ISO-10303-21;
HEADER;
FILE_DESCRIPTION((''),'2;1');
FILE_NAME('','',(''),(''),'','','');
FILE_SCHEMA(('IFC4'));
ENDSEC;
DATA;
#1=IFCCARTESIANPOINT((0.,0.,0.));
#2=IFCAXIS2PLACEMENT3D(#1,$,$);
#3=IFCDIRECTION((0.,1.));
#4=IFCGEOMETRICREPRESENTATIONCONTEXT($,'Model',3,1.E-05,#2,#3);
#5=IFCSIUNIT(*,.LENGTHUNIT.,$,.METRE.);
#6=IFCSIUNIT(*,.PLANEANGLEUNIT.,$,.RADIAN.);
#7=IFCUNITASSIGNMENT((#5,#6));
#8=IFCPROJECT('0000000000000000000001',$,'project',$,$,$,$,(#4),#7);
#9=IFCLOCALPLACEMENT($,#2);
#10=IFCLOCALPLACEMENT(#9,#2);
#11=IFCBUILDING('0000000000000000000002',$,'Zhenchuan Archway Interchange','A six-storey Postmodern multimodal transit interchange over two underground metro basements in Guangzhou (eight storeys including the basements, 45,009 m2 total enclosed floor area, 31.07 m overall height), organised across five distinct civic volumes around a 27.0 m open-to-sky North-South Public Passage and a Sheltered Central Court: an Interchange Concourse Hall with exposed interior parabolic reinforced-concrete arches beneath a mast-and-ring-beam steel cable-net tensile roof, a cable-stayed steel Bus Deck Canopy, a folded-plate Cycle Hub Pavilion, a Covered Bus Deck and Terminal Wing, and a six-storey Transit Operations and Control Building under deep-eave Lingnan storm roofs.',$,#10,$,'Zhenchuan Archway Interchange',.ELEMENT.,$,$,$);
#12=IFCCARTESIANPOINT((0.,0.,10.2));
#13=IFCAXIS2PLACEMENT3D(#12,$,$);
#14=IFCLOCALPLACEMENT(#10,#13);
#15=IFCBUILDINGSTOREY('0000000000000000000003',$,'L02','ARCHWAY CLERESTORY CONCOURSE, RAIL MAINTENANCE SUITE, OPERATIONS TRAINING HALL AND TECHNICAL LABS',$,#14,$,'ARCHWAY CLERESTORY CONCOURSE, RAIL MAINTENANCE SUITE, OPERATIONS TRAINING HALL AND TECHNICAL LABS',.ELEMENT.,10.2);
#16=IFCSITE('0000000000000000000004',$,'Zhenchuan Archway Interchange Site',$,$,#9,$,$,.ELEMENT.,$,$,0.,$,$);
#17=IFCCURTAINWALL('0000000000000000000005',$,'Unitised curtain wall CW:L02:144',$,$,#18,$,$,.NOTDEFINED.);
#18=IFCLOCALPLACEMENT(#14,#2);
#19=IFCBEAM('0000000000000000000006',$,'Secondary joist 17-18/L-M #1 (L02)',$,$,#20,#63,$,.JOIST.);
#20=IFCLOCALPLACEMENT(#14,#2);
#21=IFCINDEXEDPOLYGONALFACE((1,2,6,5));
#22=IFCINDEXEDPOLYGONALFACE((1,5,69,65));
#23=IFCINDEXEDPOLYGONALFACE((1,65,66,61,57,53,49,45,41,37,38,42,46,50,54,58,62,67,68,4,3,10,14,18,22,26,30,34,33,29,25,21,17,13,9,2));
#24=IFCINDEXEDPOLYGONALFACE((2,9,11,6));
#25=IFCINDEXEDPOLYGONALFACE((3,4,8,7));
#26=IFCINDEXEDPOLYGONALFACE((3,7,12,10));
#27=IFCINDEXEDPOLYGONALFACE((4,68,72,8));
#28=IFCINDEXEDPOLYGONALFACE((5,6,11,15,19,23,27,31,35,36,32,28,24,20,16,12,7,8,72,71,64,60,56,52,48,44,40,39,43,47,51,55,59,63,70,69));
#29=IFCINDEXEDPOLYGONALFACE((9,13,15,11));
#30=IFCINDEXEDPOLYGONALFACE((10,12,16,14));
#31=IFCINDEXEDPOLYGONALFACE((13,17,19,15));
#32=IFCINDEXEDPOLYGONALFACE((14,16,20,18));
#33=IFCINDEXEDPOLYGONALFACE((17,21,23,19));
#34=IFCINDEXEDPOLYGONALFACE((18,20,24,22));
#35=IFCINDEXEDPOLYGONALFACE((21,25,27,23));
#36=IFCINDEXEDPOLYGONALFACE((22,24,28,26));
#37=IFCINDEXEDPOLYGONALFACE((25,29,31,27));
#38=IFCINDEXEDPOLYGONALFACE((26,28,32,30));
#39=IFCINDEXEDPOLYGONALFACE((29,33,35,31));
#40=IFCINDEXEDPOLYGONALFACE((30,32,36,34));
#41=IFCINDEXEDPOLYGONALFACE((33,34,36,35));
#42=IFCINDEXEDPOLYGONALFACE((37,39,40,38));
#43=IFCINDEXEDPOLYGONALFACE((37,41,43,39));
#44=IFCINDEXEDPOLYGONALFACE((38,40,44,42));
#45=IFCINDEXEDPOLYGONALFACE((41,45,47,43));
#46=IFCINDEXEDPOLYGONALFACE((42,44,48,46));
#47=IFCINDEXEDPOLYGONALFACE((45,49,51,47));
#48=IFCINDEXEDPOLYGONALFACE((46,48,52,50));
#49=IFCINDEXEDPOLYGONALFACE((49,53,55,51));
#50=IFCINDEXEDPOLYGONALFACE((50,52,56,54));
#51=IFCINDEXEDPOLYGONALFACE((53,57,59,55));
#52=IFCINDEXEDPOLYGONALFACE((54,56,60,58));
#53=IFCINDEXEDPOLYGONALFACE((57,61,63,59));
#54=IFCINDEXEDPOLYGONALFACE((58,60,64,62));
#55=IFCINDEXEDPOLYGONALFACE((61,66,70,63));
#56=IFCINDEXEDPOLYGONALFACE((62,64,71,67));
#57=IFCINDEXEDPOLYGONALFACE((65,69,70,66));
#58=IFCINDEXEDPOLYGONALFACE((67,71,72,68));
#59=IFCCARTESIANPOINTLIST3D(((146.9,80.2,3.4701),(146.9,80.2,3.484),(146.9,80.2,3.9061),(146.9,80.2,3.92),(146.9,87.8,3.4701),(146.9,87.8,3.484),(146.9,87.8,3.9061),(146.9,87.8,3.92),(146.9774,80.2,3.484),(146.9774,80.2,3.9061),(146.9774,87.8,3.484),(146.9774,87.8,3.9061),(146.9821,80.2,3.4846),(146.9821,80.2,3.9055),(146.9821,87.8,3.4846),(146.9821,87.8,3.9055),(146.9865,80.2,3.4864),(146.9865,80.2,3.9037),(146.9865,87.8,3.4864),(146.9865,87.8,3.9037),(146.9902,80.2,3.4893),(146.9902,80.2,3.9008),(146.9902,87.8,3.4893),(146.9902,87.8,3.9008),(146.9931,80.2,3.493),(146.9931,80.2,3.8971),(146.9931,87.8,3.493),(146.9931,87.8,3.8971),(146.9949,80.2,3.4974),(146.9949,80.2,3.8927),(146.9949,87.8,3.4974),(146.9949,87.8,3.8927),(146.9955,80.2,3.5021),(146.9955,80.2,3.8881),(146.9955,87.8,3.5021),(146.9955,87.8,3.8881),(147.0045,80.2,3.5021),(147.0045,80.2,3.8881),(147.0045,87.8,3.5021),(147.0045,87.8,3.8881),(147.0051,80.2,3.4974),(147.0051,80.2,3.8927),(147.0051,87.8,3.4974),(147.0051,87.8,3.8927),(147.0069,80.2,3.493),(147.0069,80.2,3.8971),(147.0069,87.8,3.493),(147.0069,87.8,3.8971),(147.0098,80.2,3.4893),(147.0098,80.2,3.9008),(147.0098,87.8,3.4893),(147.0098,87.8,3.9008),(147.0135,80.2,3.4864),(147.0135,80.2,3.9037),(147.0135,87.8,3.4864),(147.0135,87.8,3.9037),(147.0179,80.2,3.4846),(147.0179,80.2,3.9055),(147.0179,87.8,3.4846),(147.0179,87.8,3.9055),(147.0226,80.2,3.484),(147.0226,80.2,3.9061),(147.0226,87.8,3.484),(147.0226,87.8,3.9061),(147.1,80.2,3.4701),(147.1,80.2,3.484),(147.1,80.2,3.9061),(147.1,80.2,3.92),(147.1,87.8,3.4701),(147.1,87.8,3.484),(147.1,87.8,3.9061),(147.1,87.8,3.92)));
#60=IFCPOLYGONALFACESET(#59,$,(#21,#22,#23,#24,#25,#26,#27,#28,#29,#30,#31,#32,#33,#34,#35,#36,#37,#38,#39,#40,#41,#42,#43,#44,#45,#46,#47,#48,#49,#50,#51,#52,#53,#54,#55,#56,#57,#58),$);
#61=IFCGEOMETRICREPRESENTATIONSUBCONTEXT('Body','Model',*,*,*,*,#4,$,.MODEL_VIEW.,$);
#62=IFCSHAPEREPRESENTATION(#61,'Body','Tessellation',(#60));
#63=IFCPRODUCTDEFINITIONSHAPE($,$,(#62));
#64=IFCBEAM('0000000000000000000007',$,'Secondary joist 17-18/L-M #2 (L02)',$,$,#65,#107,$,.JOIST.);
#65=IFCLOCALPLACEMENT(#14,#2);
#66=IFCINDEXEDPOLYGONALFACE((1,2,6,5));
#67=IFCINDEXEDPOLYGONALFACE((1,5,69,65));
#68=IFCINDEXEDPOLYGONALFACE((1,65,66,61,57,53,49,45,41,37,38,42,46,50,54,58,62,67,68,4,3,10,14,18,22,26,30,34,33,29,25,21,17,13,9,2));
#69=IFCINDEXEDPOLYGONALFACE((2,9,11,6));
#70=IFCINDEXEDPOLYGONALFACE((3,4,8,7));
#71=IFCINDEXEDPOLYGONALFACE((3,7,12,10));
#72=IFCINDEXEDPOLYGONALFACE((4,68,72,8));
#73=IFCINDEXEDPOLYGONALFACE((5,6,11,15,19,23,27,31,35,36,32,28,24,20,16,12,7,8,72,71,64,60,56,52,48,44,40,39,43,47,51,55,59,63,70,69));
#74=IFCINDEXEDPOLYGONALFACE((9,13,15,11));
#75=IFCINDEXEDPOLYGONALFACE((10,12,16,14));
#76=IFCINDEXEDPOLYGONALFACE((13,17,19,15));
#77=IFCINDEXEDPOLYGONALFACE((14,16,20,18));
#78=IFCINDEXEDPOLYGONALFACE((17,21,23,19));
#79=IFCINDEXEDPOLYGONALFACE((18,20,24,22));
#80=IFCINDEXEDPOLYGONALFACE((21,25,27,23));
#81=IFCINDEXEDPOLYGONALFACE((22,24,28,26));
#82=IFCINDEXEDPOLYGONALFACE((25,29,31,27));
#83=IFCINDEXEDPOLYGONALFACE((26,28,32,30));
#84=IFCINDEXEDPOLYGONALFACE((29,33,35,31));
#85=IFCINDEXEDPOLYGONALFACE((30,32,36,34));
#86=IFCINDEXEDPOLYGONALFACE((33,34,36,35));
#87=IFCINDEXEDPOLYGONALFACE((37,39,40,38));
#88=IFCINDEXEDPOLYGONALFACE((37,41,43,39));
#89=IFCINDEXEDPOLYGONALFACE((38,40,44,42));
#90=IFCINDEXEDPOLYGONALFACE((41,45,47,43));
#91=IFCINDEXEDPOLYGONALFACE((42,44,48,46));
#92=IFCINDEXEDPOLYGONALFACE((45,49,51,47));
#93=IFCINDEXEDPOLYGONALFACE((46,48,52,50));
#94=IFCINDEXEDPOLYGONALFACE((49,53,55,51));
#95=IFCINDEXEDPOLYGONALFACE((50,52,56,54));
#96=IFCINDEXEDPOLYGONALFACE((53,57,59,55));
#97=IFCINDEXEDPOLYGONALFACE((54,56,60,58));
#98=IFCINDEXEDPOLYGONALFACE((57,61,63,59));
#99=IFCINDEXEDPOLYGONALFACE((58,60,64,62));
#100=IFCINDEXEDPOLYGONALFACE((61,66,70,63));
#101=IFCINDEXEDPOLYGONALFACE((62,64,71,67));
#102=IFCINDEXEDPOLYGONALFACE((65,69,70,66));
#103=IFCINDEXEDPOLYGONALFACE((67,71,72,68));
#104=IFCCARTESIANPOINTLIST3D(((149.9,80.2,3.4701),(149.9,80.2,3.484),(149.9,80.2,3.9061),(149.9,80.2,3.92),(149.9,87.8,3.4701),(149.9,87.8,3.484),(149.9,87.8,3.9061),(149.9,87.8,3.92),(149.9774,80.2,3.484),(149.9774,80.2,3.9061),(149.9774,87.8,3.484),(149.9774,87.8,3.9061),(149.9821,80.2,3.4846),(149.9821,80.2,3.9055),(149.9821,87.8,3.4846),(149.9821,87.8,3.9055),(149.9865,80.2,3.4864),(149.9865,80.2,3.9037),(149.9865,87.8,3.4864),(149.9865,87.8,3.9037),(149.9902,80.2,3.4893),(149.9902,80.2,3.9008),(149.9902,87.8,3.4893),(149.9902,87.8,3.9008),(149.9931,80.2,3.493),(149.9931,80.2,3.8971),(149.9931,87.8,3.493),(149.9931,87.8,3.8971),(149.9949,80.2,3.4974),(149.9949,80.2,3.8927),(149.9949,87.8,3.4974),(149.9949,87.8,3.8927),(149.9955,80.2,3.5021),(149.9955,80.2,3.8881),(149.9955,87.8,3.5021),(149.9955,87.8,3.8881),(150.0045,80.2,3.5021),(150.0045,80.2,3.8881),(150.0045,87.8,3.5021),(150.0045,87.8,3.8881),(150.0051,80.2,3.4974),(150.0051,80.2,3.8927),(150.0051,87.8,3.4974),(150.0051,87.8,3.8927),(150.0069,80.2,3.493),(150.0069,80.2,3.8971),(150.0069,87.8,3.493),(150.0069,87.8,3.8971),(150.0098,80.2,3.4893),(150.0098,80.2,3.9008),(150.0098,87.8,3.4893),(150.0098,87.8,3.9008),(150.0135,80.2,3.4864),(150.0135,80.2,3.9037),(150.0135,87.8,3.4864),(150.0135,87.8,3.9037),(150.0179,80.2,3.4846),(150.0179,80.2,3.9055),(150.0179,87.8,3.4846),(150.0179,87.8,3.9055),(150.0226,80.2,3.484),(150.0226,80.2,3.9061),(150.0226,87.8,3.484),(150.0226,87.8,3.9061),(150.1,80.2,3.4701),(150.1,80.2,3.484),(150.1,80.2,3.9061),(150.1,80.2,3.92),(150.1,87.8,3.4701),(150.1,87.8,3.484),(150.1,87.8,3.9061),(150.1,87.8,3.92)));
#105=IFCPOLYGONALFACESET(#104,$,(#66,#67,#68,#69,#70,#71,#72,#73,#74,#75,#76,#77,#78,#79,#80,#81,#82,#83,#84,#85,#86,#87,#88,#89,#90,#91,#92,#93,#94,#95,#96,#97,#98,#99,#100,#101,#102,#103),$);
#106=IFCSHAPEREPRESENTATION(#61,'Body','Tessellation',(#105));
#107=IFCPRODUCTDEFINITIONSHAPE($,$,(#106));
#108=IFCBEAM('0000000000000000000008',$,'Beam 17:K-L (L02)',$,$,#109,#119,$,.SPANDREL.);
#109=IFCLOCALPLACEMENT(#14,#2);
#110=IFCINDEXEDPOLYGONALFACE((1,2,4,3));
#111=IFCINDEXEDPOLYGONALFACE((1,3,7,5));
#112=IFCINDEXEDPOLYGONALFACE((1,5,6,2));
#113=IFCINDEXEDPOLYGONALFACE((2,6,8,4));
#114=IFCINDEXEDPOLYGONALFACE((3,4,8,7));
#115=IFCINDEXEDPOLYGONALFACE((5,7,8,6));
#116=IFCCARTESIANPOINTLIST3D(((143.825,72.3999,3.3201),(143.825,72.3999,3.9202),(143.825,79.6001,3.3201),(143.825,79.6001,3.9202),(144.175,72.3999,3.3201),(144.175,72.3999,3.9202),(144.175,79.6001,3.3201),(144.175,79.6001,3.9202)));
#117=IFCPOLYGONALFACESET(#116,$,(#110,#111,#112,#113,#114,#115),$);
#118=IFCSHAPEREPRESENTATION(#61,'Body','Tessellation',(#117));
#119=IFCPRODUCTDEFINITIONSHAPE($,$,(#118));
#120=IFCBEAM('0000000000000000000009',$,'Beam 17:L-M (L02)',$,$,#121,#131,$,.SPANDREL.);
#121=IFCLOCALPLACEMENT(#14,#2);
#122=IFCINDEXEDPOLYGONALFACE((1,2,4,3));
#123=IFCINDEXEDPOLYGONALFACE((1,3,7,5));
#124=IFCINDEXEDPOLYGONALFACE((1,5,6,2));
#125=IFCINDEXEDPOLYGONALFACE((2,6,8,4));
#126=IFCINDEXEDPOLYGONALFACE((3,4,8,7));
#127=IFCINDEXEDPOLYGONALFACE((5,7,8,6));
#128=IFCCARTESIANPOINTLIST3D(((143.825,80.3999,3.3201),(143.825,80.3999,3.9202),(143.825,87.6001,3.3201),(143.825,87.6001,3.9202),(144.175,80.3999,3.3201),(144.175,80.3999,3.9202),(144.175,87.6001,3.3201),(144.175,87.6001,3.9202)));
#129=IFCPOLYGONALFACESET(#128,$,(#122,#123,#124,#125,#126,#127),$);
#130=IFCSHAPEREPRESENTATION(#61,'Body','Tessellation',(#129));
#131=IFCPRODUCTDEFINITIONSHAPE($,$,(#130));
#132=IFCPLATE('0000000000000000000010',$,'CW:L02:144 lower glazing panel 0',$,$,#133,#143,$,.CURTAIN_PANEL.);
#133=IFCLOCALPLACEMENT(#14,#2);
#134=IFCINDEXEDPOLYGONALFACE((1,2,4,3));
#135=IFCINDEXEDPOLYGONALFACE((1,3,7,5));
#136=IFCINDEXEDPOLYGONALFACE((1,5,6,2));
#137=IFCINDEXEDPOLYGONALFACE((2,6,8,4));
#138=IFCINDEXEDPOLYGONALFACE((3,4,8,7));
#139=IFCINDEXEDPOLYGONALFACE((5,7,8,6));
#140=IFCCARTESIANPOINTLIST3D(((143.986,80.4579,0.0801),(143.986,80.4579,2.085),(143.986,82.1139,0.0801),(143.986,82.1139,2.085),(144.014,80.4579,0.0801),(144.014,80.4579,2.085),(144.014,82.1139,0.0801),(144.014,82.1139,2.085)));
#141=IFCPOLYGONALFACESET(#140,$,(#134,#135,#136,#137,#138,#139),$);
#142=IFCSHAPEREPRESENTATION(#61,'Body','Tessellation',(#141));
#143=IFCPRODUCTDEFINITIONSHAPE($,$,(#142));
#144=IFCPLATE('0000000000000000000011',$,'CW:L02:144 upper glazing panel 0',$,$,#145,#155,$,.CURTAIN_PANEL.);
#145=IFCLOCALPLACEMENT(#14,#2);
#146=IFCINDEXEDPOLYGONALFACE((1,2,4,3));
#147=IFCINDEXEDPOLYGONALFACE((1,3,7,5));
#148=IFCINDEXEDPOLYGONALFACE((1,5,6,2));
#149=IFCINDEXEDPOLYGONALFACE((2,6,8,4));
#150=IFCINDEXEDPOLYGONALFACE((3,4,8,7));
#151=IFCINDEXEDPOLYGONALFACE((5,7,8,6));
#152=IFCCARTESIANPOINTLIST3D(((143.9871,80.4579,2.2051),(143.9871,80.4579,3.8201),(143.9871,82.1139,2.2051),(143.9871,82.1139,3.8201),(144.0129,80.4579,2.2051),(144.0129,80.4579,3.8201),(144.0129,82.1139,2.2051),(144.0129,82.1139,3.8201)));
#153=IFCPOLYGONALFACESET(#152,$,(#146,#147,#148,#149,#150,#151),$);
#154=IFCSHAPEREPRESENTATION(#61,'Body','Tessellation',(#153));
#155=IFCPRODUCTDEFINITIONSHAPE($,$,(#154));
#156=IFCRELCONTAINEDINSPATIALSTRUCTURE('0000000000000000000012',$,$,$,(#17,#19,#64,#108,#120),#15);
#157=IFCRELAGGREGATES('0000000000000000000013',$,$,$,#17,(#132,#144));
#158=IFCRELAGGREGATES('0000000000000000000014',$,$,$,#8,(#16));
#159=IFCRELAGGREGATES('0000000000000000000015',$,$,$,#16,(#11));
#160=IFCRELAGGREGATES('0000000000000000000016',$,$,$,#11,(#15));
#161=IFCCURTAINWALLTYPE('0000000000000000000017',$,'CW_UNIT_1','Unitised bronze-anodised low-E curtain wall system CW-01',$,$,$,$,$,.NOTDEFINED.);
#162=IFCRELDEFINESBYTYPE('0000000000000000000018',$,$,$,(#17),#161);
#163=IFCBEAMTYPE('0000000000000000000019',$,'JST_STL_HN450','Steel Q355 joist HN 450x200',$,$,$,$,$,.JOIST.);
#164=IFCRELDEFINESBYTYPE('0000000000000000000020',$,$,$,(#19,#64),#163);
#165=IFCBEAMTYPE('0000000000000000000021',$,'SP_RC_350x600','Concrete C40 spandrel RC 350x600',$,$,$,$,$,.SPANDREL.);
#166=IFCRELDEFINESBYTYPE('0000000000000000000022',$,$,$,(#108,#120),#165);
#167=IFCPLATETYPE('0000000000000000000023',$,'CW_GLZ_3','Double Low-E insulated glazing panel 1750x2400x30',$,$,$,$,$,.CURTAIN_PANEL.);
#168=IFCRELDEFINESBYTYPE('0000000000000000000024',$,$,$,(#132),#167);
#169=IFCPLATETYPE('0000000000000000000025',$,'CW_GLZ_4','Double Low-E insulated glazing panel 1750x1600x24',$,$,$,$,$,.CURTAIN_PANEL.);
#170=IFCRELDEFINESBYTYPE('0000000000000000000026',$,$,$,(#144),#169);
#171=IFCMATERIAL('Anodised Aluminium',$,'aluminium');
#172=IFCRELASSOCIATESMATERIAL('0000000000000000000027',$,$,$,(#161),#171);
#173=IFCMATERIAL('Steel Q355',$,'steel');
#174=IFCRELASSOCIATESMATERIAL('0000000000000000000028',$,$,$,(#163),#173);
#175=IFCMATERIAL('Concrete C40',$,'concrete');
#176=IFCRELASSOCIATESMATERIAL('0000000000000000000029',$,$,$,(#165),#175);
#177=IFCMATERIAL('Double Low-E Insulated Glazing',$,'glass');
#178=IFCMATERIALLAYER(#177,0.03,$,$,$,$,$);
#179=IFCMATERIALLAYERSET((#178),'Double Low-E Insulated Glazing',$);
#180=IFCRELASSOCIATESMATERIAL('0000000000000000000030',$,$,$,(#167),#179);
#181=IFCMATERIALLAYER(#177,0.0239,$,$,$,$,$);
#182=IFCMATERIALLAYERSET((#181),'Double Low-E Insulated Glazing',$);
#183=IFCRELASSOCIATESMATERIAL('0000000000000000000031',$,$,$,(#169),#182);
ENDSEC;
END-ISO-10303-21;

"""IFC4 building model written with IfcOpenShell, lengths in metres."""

from ifc_helpers import new_model, si_unit, direction, frame, origin, origin_2d, place, context, subcontext, project, spatial, rectangle, i_section, extrude, material, layer, layer_set, material_profile, profile_set, type_object, element, aggregate, save


model = new_model("IFC4")

# Units and contexts
model_context = context("Model", 3, precision=1e-05, world=origin(), true_north=direction((0.0, 1.0)))
body_context = subcontext(model_context, "Body", "Model", "MODEL_VIEW")
ifc_project = project(units=[si_unit("LENGTHUNIT", "METRE"), si_unit("PLANEANGLEUNIT", "RADIAN")], contexts=[model_context])

# Site, building, storey
site_placement = place(None, origin())
site = spatial("IfcSite", under=ifc_project, at=site_placement, Name="Zhenchuan Archway Interchange Site", CompositionType="ELEMENT", RefElevation=0.0)
building_placement = place(site_placement, origin())
building = spatial("IfcBuilding", under=site, at=building_placement, Name="Zhenchuan Archway Interchange", Description="A six-storey Postmodern multimodal transit interchange over two underground metro basements in Guangzhou (eight storeys including the basements, 45,009 m2 total enclosed floor area, 31.07 m overall height), organised across five distinct civic volumes around a 27.0 m open-to-sky North-South Public Passage and a Sheltered Central Court: an Interchange Concourse Hall with exposed interior parabolic reinforced-concrete arches beneath a mast-and-ring-beam steel cable-net tensile roof, a cable-stayed steel Bus Deck Canopy, a folded-plate Cycle Hub Pavilion, a Covered Bus Deck and Terminal Wing, and a six-storey Transit Operations and Control Building under deep-eave Lingnan storm roofs.", LongName="Zhenchuan Archway Interchange", CompositionType="ELEMENT")
storey_placement = place(building_placement, frame((0.0, 0.0, 10.2)))
storey = spatial("IfcBuildingStorey", under=building, at=storey_placement, Name="L02", Description="ARCHWAY CLERESTORY CONCOURSE, RAIL MAINTENANCE SUITE, OPERATIONS TRAINING HALL AND TECHNICAL LABS", LongName="ARCHWAY CLERESTORY CONCOURSE, RAIL MAINTENANCE SUITE, OPERATIONS TRAINING HALL AND TECHNICAL LABS", CompositionType="ELEMENT", Elevation=10.2)

# Shared definitions
ifc_material_1 = material(Name="Concrete C40", Category="concrete")

# Curtain wall
ifc_material_2 = material(Name="Anodised Aluminium", Category="aluminium")
curtain_wall_type = type_object("IfcCurtainWallType", Name="CW_UNIT_1", Description="Unitised bronze-anodised low-E curtain wall system CW-01", PredefinedType="NOTDEFINED", material=ifc_material_2)
curtain_wall_placement = place(storey_placement, origin())
curtain_wall = element("IfcCurtainWall", 1, at=curtain_wall_placement, inside=storey, type_object=curtain_wall_type, Name="Unitised curtain wall CW:L02:144", PredefinedType="NOTDEFINED")

# Beams
ifc_material_3 = material(Name="Steel Q355", Category="steel")
ifc_material_profile_1 = material_profile(ifc_material_3, i_section(OverallWidth=0.2, OverallDepth=0.45, WebThickness=0.009, FlangeThickness=0.0139, FilletRadius=0.0181, at=origin_2d()), Name="HN 450x200")
ifc_profile_set_1 = profile_set([ifc_material_profile_1], Name="Steel Q355")
beam_type_1 = type_object("IfcBeamType", Name="JST_STL_HN450", Description="Steel Q355 joist HN 450x200", PredefinedType="JOIST", material=ifc_profile_set_1)
for number, where, z_axis, x_axis, name in (
    (2, (147.0, 80.2, 3.6951), (0.0, 1.0, 0.0), (-1.0, 0.0, 0.0), "Secondary joist 17-18/L-M #1 (L02)"),
    (3, (150.0, 80.2, 3.6951), (0.0, 1.0, 0.0), (-1.0, 0.0, 0.0), "Secondary joist 17-18/L-M #2 (L02)"),
):
    element("IfcBeam", number, at=place(storey_placement, frame(where, z_axis=z_axis, x_axis=x_axis)), inside=storey, type_object=beam_type_1, Name=name, PredefinedType="JOIST", context=body_context, shape_type="SweptSolid", body=[
        extrude(i_section(OverallWidth=0.2, OverallDepth=0.45, WebThickness=0.009, FlangeThickness=0.0139, FilletRadius=0.0181, at=origin_2d()), origin(), (0.0, 0.0, 1.0), 7.6001),
    ])
ifc_material_profile_2 = material_profile(ifc_material_1, rectangle(XDim=0.3501, YDim=0.6001, at=origin_2d()), Name="RC 350x600")
ifc_profile_set_2 = profile_set([ifc_material_profile_2], Name="Concrete C40")
beam_type_2 = type_object("IfcBeamType", Name="SP_RC_350x600", Description="Concrete C40 spandrel RC 350x600", PredefinedType="SPANDREL", material=ifc_profile_set_2)
for number, where, z_axis, x_axis, name in (
    (4, (144.0, 72.3999, 3.6201), (0.0, 1.0, 0.0), (-1.0, 0.0, 0.0), "Beam 17:K-L (L02)"),
    (5, (144.0, 80.3999, 3.6201), (0.0, 1.0, 0.0), (-1.0, 0.0, 0.0), "Beam 17:L-M (L02)"),
):
    element("IfcBeam", number, at=place(storey_placement, frame(where, z_axis=z_axis, x_axis=x_axis)), inside=storey, type_object=beam_type_2, Name=name, PredefinedType="SPANDREL", context=body_context, shape_type="SweptSolid", body=[
        extrude(rectangle(XDim=0.3501, YDim=0.6001, at=origin_2d()), origin(), (0.0, 0.0, 1.0), 7.2002),
    ])

# Plates
ifc_material_4 = material(Name="Double Low-E Insulated Glazing", Category="glass")
ifc_layer_1 = layer(ifc_material_4, 0.03)
ifc_layer_set_1 = layer_set([ifc_layer_1], Name="Double Low-E Insulated Glazing")
plate_type_1 = type_object("IfcPlateType", Name="CW_GLZ_3", Description="Double Low-E insulated glazing panel 1750x2400x30", PredefinedType="CURTAIN_PANEL", material=ifc_layer_set_1)
plate_1_placement = place(storey_placement, frame((144.0, 81.2859, 0.0801), z_axis=(0.0, 0.0, 1.0), x_axis=(0.0, 1.0, 0.0)))
plate_1 = element("IfcPlate", 6, at=plate_1_placement, type_object=plate_type_1, Name="CW:L02:144 lower glazing panel 0", PredefinedType="CURTAIN_PANEL", context=body_context, shape_type="SweptSolid", body=[
    extrude(rectangle(XDim=1.656, YDim=0.0281, at=origin_2d()), origin(), (0.0, 0.0, 1.0), 2.0049),
])
ifc_layer_2 = layer(ifc_material_4, 0.0239)
ifc_layer_set_2 = layer_set([ifc_layer_2], Name="Double Low-E Insulated Glazing")
plate_type_2 = type_object("IfcPlateType", Name="CW_GLZ_4", Description="Double Low-E insulated glazing panel 1750x1600x24", PredefinedType="CURTAIN_PANEL", material=ifc_layer_set_2)
plate_2_placement = place(storey_placement, frame((144.0, 81.2859, 2.2051), z_axis=(0.0, 0.0, 1.0), x_axis=(0.0, 1.0, 0.0)))
plate_2 = element("IfcPlate", 7, at=plate_2_placement, type_object=plate_type_2, Name="CW:L02:144 upper glazing panel 0", PredefinedType="CURTAIN_PANEL", context=body_context, shape_type="SweptSolid", body=[
    extrude(rectangle(XDim=1.656, YDim=0.0259, at=origin_2d()), origin(), (0.0, 0.0, 1.0), 1.615),
])
aggregate(curtain_wall, [plate_1, plate_2])

save(model, "model.ifc")
